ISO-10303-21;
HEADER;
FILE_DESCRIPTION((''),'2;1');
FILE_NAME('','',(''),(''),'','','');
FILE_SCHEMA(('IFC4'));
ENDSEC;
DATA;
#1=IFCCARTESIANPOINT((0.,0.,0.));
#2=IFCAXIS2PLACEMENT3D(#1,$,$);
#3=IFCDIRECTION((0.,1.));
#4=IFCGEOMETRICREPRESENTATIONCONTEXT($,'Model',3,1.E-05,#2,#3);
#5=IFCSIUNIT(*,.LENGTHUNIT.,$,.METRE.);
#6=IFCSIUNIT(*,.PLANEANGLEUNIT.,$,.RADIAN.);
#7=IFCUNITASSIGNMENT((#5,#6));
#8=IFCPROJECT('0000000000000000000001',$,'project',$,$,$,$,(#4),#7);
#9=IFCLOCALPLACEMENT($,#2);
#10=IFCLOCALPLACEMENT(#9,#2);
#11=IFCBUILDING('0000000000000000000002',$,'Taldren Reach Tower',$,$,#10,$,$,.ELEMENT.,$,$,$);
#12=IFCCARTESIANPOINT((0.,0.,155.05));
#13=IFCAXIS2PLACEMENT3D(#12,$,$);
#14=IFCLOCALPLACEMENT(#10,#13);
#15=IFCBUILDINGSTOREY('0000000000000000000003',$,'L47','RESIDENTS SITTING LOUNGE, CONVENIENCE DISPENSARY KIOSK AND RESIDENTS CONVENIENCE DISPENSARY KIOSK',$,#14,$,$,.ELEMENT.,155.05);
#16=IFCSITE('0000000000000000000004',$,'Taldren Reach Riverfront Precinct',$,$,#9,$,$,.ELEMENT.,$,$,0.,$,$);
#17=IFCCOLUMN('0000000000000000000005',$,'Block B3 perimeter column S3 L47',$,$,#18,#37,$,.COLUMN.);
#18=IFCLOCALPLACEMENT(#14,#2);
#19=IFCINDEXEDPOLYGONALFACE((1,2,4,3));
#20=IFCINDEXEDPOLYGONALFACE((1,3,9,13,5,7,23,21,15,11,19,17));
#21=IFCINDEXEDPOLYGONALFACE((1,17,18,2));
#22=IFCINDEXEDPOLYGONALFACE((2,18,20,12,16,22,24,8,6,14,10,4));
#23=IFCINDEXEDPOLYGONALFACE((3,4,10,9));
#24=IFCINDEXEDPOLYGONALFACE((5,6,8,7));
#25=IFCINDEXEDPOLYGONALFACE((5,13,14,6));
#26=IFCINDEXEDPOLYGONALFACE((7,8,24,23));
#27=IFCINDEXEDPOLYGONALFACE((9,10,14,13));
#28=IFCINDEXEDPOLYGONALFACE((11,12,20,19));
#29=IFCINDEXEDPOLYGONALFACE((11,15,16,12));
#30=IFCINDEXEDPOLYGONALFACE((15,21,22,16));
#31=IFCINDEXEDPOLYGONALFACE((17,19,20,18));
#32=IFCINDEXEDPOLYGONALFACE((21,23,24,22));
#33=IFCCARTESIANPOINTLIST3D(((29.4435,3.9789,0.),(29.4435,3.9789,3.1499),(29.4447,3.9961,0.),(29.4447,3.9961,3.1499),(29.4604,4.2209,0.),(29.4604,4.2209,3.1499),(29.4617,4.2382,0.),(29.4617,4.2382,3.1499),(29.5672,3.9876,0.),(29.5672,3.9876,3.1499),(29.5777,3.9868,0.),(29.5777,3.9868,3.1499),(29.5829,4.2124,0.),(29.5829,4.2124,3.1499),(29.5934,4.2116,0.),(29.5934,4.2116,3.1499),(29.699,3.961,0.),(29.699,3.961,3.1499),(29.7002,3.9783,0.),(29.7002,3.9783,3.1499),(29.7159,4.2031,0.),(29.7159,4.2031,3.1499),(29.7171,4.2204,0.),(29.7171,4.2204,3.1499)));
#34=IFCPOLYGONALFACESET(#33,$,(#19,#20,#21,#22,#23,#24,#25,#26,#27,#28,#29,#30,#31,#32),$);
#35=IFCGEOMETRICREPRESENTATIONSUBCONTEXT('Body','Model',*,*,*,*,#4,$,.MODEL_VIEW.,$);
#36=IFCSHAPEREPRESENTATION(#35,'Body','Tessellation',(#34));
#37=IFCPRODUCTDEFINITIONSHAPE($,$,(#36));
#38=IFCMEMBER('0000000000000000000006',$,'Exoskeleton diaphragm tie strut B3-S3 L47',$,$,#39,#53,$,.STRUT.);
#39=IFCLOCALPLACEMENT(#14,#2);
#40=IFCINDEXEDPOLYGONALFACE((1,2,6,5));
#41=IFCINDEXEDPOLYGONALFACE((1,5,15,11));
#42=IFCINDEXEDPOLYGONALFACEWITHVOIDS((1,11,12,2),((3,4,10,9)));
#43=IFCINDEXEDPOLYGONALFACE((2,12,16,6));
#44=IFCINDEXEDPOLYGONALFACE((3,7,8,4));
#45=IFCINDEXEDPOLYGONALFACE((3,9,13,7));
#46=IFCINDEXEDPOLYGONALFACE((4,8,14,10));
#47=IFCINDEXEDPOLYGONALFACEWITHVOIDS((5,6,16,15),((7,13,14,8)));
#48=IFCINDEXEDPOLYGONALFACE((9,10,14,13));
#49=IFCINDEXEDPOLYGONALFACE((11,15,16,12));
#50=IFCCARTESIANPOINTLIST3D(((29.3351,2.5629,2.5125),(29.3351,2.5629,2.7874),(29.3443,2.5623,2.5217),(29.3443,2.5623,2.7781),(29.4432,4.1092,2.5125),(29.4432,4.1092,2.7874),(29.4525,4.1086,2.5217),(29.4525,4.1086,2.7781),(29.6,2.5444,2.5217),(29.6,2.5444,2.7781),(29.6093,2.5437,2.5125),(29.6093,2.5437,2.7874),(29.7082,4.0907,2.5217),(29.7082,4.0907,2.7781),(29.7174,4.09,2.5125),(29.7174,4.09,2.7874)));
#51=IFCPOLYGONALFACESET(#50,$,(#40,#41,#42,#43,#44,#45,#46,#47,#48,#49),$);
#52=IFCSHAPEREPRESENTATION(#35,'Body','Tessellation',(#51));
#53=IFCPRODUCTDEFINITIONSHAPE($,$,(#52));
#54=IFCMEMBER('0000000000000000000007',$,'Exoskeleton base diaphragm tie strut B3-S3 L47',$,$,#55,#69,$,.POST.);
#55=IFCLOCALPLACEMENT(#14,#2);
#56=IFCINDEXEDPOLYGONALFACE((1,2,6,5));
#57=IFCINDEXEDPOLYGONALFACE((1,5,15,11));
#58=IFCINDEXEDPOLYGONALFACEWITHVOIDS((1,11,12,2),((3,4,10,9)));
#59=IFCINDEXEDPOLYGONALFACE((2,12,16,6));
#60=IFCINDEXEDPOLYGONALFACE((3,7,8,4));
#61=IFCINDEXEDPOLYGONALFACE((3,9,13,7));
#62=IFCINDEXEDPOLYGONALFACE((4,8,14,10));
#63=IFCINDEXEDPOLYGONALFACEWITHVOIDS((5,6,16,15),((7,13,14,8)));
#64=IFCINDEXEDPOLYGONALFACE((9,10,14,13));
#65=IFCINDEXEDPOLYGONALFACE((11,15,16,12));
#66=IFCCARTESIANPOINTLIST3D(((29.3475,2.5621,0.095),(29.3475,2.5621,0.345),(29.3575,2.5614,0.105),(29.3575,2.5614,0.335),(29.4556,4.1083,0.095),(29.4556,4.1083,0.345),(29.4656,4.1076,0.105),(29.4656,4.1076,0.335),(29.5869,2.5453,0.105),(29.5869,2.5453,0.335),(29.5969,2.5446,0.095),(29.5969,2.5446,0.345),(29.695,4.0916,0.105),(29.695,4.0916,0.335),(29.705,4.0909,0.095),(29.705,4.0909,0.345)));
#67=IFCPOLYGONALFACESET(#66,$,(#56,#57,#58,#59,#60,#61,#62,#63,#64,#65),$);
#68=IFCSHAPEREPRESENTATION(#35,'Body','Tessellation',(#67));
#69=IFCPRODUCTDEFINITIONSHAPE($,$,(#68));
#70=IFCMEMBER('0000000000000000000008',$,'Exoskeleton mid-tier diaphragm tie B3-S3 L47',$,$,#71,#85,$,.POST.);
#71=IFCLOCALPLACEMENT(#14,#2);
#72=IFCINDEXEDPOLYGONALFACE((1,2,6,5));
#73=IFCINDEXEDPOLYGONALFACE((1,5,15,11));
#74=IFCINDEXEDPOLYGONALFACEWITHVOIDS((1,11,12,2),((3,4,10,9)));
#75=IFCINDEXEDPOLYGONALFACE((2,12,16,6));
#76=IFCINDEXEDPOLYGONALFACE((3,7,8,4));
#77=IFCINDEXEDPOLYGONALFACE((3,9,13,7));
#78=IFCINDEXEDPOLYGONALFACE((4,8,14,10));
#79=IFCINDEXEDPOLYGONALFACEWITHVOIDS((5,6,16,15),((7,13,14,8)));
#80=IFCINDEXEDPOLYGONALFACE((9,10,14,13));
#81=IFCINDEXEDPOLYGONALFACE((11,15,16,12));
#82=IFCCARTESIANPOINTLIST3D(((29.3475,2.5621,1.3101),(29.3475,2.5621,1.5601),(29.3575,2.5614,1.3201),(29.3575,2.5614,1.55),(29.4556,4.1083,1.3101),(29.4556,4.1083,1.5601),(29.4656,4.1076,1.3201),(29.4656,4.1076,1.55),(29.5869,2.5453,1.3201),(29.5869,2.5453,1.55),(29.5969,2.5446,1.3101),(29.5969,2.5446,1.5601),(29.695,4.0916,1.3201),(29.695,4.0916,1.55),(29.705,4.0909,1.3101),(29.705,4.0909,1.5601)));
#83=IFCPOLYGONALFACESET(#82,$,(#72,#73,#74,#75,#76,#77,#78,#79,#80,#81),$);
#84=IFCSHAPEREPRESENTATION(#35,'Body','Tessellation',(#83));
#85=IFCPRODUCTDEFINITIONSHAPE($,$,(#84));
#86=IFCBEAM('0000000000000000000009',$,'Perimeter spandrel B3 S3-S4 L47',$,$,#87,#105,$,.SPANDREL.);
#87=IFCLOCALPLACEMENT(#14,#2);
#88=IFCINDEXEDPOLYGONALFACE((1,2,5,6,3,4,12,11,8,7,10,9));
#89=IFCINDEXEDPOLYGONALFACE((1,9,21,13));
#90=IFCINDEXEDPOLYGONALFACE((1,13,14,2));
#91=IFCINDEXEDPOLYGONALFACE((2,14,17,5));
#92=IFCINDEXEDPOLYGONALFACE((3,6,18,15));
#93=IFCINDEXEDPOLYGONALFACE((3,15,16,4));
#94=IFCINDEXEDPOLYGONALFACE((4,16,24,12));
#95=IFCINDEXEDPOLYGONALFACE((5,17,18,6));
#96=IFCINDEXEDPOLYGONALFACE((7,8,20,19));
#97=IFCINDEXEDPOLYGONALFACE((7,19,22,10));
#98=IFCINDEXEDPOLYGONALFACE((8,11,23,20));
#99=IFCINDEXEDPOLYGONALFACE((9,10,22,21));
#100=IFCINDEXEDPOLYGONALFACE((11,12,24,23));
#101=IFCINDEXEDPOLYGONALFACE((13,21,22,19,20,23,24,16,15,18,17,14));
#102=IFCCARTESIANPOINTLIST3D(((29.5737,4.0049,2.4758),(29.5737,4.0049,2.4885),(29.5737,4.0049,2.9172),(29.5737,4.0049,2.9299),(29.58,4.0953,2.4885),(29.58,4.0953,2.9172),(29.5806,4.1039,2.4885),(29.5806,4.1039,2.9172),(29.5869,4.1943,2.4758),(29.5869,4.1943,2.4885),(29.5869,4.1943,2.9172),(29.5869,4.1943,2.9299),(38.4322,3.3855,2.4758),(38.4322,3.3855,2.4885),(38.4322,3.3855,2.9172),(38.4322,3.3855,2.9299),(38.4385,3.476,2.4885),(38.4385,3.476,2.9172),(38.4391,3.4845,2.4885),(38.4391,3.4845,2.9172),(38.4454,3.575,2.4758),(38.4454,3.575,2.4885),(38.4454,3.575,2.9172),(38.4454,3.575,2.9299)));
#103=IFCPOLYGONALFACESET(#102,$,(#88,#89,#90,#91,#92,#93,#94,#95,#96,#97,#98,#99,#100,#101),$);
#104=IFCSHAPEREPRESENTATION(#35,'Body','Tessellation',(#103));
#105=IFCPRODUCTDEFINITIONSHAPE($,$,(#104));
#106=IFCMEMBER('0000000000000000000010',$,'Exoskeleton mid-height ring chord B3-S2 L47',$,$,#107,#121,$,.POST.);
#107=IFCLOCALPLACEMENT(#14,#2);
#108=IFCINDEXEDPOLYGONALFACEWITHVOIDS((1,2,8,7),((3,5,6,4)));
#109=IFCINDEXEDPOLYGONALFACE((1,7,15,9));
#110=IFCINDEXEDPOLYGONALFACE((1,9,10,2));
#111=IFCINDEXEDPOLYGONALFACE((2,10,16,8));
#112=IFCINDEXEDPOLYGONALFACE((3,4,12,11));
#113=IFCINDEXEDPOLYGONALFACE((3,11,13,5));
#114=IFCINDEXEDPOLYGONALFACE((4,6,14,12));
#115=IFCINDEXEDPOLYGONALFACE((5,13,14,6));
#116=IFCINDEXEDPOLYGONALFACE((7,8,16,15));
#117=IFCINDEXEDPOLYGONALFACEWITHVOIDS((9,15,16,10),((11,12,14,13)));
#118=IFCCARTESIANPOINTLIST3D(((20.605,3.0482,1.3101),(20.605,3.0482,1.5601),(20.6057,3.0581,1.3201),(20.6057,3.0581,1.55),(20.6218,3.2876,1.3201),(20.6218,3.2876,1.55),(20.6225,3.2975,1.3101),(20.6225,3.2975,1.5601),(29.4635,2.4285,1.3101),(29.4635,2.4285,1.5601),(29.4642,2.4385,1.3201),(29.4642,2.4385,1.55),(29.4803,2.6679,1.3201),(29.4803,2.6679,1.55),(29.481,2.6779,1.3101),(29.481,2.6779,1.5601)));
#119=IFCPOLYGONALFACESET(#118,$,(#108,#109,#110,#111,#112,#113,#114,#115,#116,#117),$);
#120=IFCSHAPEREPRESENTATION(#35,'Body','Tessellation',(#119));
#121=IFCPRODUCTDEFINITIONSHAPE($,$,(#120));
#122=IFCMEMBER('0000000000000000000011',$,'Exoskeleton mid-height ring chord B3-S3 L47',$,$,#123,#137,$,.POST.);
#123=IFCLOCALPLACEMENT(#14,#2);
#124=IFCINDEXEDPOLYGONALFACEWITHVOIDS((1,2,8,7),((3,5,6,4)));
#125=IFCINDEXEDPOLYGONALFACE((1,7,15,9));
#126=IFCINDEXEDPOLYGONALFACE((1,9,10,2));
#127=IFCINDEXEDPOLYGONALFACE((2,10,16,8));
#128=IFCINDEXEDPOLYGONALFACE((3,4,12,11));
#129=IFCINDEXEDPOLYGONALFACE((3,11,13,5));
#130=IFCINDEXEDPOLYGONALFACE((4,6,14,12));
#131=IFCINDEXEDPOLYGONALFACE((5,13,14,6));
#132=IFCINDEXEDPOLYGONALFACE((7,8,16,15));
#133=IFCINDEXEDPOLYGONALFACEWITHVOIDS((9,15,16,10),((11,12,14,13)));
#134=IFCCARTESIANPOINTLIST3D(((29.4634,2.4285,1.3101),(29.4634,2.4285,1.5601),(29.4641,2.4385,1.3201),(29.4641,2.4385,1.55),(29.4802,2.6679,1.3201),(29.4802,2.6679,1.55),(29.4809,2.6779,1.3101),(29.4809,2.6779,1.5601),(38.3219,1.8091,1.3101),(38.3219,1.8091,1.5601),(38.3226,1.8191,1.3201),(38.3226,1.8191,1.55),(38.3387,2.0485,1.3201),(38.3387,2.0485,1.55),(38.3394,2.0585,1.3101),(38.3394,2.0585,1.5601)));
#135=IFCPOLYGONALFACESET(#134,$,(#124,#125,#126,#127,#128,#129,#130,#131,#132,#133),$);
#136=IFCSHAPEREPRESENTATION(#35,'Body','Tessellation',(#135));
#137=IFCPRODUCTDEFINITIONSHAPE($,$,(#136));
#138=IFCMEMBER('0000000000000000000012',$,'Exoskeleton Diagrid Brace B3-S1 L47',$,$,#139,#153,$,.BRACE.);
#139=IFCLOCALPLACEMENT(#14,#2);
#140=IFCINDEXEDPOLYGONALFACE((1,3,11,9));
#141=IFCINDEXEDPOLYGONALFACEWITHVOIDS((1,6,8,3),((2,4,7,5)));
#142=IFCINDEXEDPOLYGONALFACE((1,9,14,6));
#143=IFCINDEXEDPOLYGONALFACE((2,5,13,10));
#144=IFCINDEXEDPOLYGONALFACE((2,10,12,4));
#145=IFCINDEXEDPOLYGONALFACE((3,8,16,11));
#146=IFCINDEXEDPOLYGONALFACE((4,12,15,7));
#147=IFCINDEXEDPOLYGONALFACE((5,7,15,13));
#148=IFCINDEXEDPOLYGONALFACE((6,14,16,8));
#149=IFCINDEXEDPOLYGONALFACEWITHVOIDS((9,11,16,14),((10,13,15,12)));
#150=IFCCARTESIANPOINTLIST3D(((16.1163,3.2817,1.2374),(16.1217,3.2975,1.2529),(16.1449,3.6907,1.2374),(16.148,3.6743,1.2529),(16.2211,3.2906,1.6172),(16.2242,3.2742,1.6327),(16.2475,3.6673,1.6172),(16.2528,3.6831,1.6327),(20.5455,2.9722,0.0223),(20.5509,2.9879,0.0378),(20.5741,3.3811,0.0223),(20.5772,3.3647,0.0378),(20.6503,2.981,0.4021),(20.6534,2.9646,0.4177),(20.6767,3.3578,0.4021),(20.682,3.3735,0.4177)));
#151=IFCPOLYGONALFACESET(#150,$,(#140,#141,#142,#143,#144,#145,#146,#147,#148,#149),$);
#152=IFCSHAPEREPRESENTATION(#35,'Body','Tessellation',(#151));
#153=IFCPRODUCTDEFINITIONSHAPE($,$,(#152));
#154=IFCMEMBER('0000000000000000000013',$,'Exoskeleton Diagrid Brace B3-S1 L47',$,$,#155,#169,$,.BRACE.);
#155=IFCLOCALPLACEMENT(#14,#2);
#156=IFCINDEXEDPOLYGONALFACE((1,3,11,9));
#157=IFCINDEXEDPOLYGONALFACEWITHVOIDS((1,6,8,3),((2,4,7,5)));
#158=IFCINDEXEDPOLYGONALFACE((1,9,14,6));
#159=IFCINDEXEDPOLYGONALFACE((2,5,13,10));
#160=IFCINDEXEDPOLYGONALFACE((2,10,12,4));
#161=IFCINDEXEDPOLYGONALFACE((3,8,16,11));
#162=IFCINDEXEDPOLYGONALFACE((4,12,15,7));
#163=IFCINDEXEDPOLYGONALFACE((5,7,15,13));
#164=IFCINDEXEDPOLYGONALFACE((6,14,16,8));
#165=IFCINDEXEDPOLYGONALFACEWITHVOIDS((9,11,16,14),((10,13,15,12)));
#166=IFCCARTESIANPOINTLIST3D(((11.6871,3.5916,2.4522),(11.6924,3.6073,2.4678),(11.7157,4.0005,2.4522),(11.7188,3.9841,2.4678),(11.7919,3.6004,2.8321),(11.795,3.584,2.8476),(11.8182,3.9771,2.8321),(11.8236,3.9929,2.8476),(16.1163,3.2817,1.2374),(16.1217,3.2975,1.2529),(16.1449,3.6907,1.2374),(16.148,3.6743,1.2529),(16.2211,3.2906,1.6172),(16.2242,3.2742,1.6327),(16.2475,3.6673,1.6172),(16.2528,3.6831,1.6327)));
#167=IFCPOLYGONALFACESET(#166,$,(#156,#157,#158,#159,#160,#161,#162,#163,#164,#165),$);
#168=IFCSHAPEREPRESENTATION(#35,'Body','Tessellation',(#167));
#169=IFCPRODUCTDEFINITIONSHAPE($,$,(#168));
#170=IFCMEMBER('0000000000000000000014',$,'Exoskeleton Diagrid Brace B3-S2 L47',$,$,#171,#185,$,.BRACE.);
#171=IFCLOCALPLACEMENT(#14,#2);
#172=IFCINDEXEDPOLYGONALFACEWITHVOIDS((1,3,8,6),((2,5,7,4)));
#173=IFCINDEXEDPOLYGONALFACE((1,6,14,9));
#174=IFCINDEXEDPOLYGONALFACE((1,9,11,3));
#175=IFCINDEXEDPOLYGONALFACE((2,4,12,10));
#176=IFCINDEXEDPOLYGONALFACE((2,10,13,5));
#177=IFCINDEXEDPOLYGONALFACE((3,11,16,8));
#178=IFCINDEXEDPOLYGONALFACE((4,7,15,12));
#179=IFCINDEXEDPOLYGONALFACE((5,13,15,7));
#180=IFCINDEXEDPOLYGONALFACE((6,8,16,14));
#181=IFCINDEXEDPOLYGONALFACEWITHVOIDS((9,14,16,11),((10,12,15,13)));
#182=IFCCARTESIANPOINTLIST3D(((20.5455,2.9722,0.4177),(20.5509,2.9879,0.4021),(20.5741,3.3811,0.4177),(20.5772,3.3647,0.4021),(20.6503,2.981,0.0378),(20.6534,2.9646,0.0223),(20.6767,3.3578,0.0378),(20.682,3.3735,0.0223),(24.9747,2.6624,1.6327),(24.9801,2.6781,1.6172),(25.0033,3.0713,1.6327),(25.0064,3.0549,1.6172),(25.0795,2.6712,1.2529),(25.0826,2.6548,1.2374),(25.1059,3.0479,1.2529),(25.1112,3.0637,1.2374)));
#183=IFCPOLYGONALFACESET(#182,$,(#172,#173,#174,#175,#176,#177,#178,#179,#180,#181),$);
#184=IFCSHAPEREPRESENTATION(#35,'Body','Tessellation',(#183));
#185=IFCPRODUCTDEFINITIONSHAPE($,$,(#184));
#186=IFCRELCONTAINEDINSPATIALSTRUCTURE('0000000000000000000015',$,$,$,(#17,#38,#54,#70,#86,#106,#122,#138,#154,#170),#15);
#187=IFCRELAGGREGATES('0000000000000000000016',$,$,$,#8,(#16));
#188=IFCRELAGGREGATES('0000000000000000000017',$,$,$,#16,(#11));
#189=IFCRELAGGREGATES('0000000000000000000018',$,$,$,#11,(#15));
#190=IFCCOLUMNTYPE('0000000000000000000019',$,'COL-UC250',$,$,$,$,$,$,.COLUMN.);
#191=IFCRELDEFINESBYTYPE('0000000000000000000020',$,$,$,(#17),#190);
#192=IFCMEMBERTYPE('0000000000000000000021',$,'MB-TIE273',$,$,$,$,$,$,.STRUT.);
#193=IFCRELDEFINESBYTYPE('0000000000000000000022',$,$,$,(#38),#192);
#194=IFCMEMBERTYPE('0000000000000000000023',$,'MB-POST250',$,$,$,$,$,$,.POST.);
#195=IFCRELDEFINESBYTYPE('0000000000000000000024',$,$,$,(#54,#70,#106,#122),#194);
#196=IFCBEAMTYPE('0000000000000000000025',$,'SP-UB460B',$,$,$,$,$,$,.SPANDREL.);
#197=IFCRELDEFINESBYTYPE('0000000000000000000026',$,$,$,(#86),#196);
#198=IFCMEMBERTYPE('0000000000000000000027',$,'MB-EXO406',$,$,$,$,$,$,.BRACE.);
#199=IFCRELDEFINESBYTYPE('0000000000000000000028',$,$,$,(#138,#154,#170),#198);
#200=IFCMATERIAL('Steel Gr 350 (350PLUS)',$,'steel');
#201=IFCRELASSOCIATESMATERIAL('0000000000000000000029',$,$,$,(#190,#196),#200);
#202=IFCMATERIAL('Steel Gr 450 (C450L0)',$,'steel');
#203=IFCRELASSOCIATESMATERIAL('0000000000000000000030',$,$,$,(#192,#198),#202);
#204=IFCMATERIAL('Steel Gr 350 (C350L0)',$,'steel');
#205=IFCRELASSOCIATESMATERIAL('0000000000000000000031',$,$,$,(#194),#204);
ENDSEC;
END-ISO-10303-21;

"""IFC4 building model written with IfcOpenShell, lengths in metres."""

from ifc_helpers import new_model, si_unit, direction, frame, origin, origin_2d, place, context, subcontext, project, spatial, hollow_rectangle, i_section, extrude, source, transform, mapped, material, material_profile, profile_set, type_object, element, save


model = new_model("IFC4")

# Units and contexts
model_context = context("Model", 3, precision=1e-05, world=origin(), true_north=direction((0.0, 1.0)))
body_context = subcontext(model_context, "Body", "Model", "MODEL_VIEW")
ifc_project = project(units=[si_unit("LENGTHUNIT", "METRE"), si_unit("PLANEANGLEUNIT", "RADIAN")], contexts=[model_context])

# Site, building, storey
site_placement = place(None, origin())
site = spatial("IfcSite", under=ifc_project, at=site_placement, Name="Taldren Reach Riverfront Precinct", CompositionType="ELEMENT", RefElevation=0.0)
building_placement = place(site_placement, origin())
building = spatial("IfcBuilding", under=site, at=building_placement, Name="Taldren Reach Tower", CompositionType="ELEMENT")
storey_placement = place(building_placement, frame((0.0, 0.0, 155.05)))
storey = spatial("IfcBuildingStorey", under=building, at=storey_placement, Name="L47", Description="RESIDENTS SITTING LOUNGE, CONVENIENCE DISPENSARY KIOSK AND RESIDENTS CONVENIENCE DISPENSARY KIOSK", CompositionType="ELEMENT", Elevation=155.05)

# Column
ifc_material_1 = material(Name="Steel Gr 350 (350PLUS)", Category="steel")
ifc_material_profile_1 = material_profile(ifc_material_1, i_section(OverallWidth=0.2561, OverallDepth=0.26, WebThickness=0.0105, FlangeThickness=0.0173, at=origin_2d()), Name="250UC89.5")
ifc_profile_set_1 = profile_set([ifc_material_profile_1], Name="Steel Gr 350 (350PLUS)")
column_type = type_object("IfcColumnType", Name="COL-UC250", PredefinedType="COLUMN", material=ifc_profile_set_1)
shared_shape_1 = source(origin(), body_context, "Body", "SweptSolid", [
    extrude(i_section(OverallWidth=0.2561, OverallDepth=0.26, WebThickness=0.0105, FlangeThickness=0.0173, at=origin_2d()), origin(), (0.0, 0.0, 1.0), 3.1499),
])
column_placement = place(storey_placement, frame((29.5803, 4.0996, 0.0), z_axis=(0.0, 0.0, 1.0), x_axis=(0.997564, -0.069756, 0.0)))
element("IfcColumn", 1, at=column_placement, inside=storey, type_object=column_type, Name="Block B3 perimeter column S3 L47", PredefinedType="COLUMN", context=body_context, shape_type="MappedRepresentation", body=[
    mapped(shared_shape_1, transform((0.0, 0.0, 0.0), scale=1.0)),
])

# Members
ifc_material_2 = material(Name="Steel Gr 450 (C450L0)", Category="steel")
ifc_material_profile_2 = material_profile(ifc_material_2, hollow_rectangle(XDim=0.2749, YDim=0.2749, WallThickness=0.0093, at=origin_2d()), Name="275x275x9.3SHS")
ifc_profile_set_2 = profile_set([ifc_material_profile_2], Name="Steel Gr 450 (C450L0)")
member_type_1 = type_object("IfcMemberType", Name="MB-TIE273", PredefinedType="STRUT", material=ifc_profile_set_2)
shared_shape_2 = source(origin(), body_context, "Body", "SweptSolid", [
    extrude(hollow_rectangle(XDim=0.2749, YDim=0.2749, WallThickness=0.0093, at=origin_2d()), origin(), (0.0, 0.0, 1.0), 1.55),
])
member_1_placement = place(storey_placement, frame((29.5803, 4.0996, 2.6499), z_axis=(-0.06977, -0.997563, 0.0), x_axis=(0.997563, -0.06977, 0.0)))
element("IfcMember", 2, at=member_1_placement, inside=storey, type_object=member_type_1, Name="Exoskeleton diaphragm tie strut B3-S3 L47", PredefinedType="STRUT", context=body_context, shape_type="MappedRepresentation", body=[
    mapped(shared_shape_2, transform((0.0, 0.0, 0.0), scale=1.0)),
])
ifc_material_3 = material(Name="Steel Gr 350 (C350L0)", Category="steel")
ifc_material_profile_3 = material_profile(ifc_material_3, hollow_rectangle(XDim=0.25, YDim=0.25, WallThickness=0.01, at=origin_2d()), Name="250x250x10.0SHS")
ifc_profile_set_3 = profile_set([ifc_material_profile_3], Name="Steel Gr 350 (C350L0)")
member_type_2 = type_object("IfcMemberType", Name="MB-POST250", PredefinedType="POST", material=ifc_profile_set_3)
shared_shape_3 = source(origin(), body_context, "Body", "SweptSolid", [
    extrude(hollow_rectangle(XDim=0.25, YDim=0.25, WallThickness=0.01, at=origin_2d()), origin(), (0.0, 0.0, 1.0), 1.55),
])
for number, where, z_axis, x_axis, name in (
    (3, (29.5803, 4.0996, 0.22), (-0.06977, -0.997563, 0.0), (0.997563, -0.06977, 0.0), "Exoskeleton base diaphragm tie strut B3-S3 L47"),
    (4, (29.5803, 4.0996, 1.4351), (-0.06977, -0.997563, 0.0), (0.997563, -0.06977, 0.0), "Exoskeleton mid-tier diaphragm tie B3-S3 L47"),
):
    element("IfcMember", number, at=place(storey_placement, frame(where, z_axis=z_axis, x_axis=x_axis)), inside=storey, type_object=member_type_2, Name=name, PredefinedType="POST", context=body_context, shape_type="MappedRepresentation", body=[
        mapped(shared_shape_3, transform((0.0, 0.0, 0.0), scale=1.0)),
    ])

# Beam
ifc_material_profile_4 = material_profile(ifc_material_1, i_section(OverallWidth=0.1899, OverallDepth=0.4541, WebThickness=0.0085, FlangeThickness=0.0127, at=origin_2d()), Name="460UB67.1")
ifc_profile_set_4 = profile_set([ifc_material_profile_4], Name="Steel Gr 350 (350PLUS)")
beam_type = type_object("IfcBeamType", Name="SP-UB460B", PredefinedType="SPANDREL", material=ifc_profile_set_4)
shared_shape_4 = source(origin(), body_context, "Body", "SweptSolid", [
    extrude(i_section(OverallWidth=0.1899, OverallDepth=0.4541, WebThickness=0.0085, FlangeThickness=0.0127, at=origin_2d()), origin(), (0.0, 0.0, 1.0), 8.8801),
])
beam_placement = place(storey_placement, frame((29.5803, 4.0996, 2.7029), z_axis=(0.997564, -0.06975, 0.0), x_axis=(0.06975, 0.997564, 0.0)))
element("IfcBeam", 5, at=beam_placement, inside=storey, type_object=beam_type, Name="Perimeter spandrel B3 S3-S4 L47", PredefinedType="SPANDREL", context=body_context, shape_type="MappedRepresentation", body=[
    mapped(shared_shape_4, transform((0.0, 0.0, 0.0), scale=1.0)),
])

# Members
shared_shape_5 = source(origin(), body_context, "Body", "SweptSolid", [
    extrude(hollow_rectangle(XDim=0.25, YDim=0.25, WallThickness=0.01, at=origin_2d()), origin(), (0.0, 0.0, 1.0), 8.8801),
])
for number, where, z_axis, x_axis, name in (
    (6, (20.6138, 3.1729, 1.4351), (0.997563, -0.069778, 0.0), (0.069778, 0.997563, 0.0), "Exoskeleton mid-height ring chord B3-S2 L47"),
    (7, (29.4722, 2.5532, 1.4351), (0.997564, -0.06975, 0.0), (0.06975, 0.997564, 0.0), "Exoskeleton mid-height ring chord B3-S3 L47"),
):
    element("IfcMember", number, at=place(storey_placement, frame(where, z_axis=z_axis, x_axis=x_axis)), inside=storey, type_object=member_type_2, Name=name, PredefinedType="POST", context=body_context, shape_type="MappedRepresentation", body=[
        mapped(shared_shape_5, transform((0.0, 0.0, 0.0), scale=1.0)),
    ])
ifc_material_profile_5 = material_profile(ifc_material_2, hollow_rectangle(XDim=0.4099, YDim=0.4099, WallThickness=0.0161, at=origin_2d()), Name="410x410x16.0SHS")
ifc_profile_set_5 = profile_set([ifc_material_profile_5], Name="Steel Gr 450 (C450L0)")
member_type_3 = type_object("IfcMemberType", Name="MB-EXO406", PredefinedType="BRACE", material=ifc_profile_set_5)
shared_shape_6 = source(origin(), body_context, "Body", "SweptSolid", [
    extrude(hollow_rectangle(XDim=0.4099, YDim=0.4099, WallThickness=0.0161, at=origin_2d()), origin(), (0.0, 0.0, 1.0), 4.6033),
])
for number, where, z_axis, x_axis, name in (
    (8, (20.6138, 3.1729, 0.22), (-0.962186, 0.06725, 0.263962), (-0.069723, -0.997566, 0.0), "Exoskeleton Diagrid Brace B3-S1 L47"),
    (9, (16.1846, 3.4824, 1.4351), (-0.962196, 0.067304, 0.263912), (-0.069778, -0.997563, 0.0), "Exoskeleton Diagrid Brace B3-S1 L47"),
    (10, (20.6138, 3.1729, 0.22), (0.962182, -0.067303, 0.263961), (0.069778, 0.997563, 0.0), "Exoskeleton Diagrid Brace B3-S2 L47"),
):
    element("IfcMember", number, at=place(storey_placement, frame(where, z_axis=z_axis, x_axis=x_axis)), inside=storey, type_object=member_type_3, Name=name, PredefinedType="BRACE", context=body_context, shape_type="MappedRepresentation", body=[
        mapped(shared_shape_6, transform((0.0, 0.0, 0.0), scale=1.0)),
    ])

save(model, "model.ifc")
